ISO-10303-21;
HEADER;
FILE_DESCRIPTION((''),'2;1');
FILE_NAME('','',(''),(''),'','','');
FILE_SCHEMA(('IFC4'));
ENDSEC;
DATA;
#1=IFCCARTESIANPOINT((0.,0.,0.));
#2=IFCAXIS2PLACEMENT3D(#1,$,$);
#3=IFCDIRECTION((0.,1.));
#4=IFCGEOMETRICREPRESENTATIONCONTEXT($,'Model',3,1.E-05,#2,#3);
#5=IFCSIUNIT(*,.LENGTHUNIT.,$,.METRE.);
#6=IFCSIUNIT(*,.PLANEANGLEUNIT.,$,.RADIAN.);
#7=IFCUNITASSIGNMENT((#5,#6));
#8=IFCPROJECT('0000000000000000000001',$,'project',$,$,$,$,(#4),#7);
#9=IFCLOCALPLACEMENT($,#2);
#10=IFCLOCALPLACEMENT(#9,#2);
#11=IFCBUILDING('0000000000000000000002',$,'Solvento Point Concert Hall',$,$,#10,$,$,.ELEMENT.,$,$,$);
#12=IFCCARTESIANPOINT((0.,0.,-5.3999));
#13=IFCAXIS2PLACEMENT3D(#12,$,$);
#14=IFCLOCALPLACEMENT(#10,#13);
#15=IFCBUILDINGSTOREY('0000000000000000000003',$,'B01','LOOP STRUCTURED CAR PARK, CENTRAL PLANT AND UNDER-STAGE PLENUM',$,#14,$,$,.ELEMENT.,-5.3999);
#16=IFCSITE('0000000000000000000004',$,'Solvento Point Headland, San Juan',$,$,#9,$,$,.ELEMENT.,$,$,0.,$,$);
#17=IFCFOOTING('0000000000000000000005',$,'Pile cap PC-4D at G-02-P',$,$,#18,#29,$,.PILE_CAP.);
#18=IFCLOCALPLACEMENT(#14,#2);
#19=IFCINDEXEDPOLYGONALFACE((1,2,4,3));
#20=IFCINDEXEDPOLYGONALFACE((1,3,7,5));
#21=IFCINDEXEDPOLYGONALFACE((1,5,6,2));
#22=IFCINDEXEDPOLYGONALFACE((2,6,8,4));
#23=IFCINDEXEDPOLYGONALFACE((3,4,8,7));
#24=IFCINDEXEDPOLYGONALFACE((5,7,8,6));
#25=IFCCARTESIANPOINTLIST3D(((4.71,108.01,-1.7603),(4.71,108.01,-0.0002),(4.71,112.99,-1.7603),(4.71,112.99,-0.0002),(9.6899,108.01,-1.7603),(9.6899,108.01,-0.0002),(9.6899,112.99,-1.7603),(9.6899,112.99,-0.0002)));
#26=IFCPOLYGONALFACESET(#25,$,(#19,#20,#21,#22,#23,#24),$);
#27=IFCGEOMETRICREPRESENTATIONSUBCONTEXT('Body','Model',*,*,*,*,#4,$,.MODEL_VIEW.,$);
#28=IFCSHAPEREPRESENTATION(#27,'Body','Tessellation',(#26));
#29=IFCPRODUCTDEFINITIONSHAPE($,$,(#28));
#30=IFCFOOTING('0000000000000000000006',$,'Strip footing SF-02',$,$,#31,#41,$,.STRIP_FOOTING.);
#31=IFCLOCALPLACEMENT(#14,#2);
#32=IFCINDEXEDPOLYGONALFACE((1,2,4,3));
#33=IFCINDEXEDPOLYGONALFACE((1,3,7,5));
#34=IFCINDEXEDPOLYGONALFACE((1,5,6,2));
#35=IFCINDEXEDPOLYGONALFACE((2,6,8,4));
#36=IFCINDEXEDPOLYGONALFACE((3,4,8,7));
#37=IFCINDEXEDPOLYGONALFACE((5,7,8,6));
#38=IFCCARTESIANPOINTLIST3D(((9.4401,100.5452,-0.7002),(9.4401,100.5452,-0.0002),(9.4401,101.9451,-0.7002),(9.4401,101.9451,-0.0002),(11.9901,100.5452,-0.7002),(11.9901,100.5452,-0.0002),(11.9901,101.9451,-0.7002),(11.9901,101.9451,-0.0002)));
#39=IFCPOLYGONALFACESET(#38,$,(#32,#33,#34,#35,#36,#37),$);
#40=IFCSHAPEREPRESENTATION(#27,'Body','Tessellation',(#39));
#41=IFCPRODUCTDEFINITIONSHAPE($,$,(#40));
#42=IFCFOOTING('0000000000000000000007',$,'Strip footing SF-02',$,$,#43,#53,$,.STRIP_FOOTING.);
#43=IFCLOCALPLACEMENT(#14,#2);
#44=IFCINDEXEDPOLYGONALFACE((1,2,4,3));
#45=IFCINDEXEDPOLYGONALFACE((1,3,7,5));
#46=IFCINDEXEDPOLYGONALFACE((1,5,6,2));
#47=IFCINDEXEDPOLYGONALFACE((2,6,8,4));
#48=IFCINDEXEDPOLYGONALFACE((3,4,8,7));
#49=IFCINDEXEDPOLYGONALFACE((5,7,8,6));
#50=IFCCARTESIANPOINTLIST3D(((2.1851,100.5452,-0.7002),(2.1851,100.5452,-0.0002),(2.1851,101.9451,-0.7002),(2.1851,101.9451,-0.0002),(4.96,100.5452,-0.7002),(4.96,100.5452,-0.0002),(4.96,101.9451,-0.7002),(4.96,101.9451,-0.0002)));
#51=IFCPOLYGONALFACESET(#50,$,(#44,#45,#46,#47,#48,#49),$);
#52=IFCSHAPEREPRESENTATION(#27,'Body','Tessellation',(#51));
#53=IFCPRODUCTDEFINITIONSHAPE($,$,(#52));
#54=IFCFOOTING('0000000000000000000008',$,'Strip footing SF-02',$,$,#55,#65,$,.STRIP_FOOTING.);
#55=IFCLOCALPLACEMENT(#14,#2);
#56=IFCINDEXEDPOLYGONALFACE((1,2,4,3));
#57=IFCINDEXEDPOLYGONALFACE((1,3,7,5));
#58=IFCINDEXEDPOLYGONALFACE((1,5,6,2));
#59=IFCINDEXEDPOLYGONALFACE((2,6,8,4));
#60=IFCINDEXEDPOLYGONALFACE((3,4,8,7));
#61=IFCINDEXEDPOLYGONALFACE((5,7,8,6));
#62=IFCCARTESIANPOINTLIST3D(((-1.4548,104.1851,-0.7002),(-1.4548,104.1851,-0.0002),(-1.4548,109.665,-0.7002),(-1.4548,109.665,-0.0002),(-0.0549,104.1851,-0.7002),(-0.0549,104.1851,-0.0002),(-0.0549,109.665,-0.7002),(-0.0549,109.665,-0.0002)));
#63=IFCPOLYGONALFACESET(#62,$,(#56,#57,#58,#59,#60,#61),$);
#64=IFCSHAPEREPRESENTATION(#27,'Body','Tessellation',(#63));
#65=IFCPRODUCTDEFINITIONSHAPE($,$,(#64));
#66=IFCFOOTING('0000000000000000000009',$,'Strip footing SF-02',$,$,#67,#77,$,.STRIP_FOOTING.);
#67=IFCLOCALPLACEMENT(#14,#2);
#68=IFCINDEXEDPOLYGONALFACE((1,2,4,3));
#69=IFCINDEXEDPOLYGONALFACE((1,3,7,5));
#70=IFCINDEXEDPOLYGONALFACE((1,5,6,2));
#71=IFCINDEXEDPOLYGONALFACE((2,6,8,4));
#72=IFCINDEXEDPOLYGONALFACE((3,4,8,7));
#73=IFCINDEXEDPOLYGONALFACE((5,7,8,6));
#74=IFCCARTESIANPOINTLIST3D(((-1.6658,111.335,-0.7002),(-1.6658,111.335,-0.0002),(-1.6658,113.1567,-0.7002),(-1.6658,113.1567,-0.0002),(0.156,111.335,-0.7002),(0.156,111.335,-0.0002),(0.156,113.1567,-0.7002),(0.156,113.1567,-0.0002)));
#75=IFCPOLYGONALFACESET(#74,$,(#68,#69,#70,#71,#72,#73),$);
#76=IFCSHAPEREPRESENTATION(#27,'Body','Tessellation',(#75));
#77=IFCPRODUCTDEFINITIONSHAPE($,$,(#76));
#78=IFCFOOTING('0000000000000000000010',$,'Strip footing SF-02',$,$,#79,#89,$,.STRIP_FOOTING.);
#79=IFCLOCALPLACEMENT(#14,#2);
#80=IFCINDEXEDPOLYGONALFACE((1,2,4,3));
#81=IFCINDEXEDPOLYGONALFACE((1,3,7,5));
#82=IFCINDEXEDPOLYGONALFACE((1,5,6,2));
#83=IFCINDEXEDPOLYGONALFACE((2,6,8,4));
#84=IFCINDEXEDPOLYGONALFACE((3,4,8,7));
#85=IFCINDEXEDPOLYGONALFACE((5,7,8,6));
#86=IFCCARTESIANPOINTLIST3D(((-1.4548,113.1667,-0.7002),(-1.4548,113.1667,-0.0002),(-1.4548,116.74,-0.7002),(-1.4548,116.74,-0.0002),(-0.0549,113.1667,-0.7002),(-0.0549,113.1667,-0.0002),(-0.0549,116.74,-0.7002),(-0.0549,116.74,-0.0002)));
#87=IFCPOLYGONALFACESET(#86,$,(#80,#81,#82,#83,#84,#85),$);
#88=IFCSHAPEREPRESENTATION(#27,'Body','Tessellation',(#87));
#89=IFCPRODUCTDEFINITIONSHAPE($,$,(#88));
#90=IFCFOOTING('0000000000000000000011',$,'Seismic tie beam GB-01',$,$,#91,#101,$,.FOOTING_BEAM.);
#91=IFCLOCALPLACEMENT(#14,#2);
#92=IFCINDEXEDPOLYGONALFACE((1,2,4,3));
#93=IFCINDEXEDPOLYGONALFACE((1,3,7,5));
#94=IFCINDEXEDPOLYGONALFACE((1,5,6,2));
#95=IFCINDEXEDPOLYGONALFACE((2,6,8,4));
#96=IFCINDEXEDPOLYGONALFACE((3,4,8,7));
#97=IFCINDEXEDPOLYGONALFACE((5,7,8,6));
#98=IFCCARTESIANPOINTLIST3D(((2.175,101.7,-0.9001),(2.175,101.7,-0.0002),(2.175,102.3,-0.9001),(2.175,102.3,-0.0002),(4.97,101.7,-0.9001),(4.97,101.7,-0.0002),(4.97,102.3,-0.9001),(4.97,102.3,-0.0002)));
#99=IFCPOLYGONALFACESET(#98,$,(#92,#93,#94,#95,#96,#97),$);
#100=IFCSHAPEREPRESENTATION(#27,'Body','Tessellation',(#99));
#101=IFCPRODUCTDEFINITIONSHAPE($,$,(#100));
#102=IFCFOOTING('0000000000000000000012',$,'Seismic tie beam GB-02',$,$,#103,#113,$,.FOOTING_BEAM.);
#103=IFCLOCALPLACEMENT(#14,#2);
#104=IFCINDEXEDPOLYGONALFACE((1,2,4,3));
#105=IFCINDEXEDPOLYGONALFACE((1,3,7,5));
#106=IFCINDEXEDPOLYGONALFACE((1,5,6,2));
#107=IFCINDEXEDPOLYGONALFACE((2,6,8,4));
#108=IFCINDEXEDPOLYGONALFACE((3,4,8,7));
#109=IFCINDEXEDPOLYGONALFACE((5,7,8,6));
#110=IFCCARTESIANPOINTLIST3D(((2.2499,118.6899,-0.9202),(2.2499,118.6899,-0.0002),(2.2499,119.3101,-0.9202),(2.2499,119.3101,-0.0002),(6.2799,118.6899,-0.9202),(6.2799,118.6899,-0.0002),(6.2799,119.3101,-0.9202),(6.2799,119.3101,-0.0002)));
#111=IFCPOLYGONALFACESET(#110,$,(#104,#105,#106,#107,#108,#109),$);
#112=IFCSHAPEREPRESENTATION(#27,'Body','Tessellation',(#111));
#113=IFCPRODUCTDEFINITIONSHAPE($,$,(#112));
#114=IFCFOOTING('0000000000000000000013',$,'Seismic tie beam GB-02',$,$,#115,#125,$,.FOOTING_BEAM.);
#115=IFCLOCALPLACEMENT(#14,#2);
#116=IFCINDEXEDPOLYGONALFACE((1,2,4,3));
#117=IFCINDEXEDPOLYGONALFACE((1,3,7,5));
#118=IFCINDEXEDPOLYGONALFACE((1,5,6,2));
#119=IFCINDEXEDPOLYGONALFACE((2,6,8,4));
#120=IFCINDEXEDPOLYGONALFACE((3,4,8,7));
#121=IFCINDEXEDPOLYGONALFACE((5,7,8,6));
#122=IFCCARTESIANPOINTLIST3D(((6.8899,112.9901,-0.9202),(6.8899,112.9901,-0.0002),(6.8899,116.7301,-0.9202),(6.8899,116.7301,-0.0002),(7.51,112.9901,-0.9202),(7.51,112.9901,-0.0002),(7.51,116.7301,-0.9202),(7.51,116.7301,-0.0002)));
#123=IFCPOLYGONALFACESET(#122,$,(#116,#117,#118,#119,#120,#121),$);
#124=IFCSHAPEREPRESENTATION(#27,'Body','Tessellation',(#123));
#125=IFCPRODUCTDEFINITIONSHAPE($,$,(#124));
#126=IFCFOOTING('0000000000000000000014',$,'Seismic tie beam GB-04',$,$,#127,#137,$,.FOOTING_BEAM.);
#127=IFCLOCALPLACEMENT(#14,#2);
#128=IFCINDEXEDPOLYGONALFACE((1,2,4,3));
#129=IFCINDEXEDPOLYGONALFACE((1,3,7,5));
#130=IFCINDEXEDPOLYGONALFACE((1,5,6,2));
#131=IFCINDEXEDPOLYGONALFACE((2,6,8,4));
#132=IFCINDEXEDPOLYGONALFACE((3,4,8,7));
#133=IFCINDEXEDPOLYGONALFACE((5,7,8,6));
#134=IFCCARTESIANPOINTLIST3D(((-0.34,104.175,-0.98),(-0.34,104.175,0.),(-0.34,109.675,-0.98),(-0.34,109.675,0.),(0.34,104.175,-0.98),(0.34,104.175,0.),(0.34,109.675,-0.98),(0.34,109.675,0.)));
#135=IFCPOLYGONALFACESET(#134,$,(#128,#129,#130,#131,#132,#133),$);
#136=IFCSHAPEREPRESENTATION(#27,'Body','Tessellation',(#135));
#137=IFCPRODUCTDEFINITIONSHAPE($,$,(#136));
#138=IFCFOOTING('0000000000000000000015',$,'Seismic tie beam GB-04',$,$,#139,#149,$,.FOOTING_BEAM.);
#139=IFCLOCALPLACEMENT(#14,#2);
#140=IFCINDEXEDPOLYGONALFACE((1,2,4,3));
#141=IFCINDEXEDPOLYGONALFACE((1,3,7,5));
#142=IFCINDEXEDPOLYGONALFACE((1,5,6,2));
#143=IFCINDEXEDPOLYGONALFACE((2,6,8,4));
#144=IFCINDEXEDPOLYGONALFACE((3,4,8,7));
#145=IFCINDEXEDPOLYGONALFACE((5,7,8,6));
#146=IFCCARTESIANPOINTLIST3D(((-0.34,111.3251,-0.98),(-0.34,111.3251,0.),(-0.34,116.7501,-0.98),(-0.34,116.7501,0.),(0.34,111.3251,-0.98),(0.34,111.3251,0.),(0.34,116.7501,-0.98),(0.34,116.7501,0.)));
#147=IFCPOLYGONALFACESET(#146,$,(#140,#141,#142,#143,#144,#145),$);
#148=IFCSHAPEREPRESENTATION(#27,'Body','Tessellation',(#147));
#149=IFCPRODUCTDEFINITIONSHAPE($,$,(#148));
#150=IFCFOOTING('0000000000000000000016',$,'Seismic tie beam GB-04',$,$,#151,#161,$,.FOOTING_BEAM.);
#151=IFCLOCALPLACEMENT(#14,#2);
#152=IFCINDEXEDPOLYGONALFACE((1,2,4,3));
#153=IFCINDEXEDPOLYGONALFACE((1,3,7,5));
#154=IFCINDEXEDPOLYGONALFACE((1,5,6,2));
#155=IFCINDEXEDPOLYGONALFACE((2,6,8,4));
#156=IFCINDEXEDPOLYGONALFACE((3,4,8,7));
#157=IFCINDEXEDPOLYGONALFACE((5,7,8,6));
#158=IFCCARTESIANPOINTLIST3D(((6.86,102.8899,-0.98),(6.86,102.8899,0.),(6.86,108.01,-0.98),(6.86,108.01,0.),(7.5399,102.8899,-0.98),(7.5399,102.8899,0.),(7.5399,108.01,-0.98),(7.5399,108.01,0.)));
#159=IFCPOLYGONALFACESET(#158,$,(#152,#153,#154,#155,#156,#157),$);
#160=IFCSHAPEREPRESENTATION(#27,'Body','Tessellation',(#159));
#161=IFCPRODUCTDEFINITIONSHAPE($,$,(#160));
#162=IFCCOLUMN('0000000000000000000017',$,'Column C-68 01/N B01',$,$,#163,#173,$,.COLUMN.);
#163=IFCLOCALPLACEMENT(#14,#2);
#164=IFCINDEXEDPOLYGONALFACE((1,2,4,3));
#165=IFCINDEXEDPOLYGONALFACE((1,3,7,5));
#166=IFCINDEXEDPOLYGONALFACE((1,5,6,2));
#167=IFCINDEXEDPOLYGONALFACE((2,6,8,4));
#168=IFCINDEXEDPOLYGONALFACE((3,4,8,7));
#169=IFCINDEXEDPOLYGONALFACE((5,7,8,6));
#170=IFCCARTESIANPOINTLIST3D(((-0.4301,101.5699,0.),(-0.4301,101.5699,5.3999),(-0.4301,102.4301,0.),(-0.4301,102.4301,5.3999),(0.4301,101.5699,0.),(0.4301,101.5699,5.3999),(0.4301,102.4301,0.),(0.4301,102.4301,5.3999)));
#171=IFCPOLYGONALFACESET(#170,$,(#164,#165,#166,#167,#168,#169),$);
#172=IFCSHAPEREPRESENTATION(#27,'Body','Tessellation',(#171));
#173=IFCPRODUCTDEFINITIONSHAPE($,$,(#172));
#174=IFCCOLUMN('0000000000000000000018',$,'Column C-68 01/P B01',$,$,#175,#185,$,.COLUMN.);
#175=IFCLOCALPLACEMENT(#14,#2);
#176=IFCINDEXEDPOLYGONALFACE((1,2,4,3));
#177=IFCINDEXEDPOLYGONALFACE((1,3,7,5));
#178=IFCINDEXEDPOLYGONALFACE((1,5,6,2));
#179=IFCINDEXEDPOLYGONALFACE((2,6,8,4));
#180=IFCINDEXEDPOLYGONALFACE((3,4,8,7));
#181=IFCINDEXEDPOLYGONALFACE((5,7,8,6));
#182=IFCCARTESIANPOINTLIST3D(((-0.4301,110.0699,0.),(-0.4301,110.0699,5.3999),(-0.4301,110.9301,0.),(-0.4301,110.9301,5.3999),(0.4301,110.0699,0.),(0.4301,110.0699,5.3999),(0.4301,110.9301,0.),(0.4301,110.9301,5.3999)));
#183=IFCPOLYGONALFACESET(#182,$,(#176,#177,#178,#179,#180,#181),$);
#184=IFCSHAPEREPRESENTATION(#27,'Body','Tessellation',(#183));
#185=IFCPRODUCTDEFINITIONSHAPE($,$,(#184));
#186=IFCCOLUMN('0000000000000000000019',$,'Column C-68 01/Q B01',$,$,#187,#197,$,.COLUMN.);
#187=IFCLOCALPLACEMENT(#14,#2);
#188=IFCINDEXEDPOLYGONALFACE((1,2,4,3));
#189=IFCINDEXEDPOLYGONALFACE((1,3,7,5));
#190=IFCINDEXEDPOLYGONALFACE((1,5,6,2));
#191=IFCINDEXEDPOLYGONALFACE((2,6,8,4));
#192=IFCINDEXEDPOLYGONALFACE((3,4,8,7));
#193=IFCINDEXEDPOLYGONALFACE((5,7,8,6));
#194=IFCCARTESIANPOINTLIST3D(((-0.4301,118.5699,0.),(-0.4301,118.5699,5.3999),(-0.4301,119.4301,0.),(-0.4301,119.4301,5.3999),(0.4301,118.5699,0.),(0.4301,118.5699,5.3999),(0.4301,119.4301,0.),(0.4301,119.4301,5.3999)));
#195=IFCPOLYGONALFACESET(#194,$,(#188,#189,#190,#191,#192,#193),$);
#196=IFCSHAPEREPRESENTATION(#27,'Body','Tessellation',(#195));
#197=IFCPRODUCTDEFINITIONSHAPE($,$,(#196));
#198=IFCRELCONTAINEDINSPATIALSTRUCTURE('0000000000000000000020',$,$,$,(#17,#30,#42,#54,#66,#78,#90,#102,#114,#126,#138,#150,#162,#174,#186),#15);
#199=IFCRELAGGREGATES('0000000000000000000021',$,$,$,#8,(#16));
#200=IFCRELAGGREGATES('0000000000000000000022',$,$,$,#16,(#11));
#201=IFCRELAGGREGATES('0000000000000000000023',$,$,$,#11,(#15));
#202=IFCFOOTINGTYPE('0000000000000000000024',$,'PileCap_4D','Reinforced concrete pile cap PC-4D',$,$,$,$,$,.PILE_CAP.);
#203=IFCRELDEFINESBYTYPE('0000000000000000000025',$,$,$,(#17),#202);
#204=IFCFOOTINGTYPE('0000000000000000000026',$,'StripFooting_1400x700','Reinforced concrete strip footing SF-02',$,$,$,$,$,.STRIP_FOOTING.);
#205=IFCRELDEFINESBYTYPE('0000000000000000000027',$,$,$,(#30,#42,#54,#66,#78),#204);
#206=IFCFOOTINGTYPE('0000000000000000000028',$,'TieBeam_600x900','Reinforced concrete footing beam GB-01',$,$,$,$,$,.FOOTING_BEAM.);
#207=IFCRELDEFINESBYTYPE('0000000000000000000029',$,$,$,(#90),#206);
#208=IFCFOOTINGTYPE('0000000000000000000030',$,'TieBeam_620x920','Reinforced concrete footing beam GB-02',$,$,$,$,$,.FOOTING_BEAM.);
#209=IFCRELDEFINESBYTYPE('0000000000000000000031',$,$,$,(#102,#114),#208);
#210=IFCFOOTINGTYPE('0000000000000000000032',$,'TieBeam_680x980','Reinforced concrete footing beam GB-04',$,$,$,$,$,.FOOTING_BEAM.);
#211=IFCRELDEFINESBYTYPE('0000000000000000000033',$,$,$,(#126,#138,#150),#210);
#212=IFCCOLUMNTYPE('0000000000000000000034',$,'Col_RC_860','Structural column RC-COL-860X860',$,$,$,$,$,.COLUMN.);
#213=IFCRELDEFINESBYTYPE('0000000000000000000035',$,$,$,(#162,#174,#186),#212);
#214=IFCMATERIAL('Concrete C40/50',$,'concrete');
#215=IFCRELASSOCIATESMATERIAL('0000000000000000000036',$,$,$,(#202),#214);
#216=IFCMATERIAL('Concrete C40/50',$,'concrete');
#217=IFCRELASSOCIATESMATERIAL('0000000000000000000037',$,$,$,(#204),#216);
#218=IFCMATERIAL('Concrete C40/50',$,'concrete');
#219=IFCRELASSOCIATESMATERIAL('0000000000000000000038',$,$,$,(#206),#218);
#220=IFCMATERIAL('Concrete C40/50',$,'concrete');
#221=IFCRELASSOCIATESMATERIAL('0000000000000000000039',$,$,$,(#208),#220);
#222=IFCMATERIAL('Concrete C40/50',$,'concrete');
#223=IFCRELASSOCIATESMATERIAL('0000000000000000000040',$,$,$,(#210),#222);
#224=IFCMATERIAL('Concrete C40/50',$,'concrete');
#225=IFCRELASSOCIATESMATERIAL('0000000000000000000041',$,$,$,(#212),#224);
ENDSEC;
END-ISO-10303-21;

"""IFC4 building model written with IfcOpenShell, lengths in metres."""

from ifc_helpers import new_model, si_unit, direction, frame, origin, origin_2d, place, context, subcontext, project, spatial, rectangle, extrude, material, material_profile, profile_set, type_object, element, save


model = new_model("IFC4")

# Units and contexts
model_context = context("Model", 3, precision=1e-05, world=origin(), true_north=direction((0.0, 1.0)))
body_context = subcontext(model_context, "Body", "Model", "MODEL_VIEW")
ifc_project = project(units=[si_unit("LENGTHUNIT", "METRE"), si_unit("PLANEANGLEUNIT", "RADIAN")], contexts=[model_context])

# Site, building, storey
site_placement = place(None, origin())
site = spatial("IfcSite", under=ifc_project, at=site_placement, Name="Solvento Point Headland, San Juan", CompositionType="ELEMENT", RefElevation=0.0)
building_placement = place(site_placement, origin())
building = spatial("IfcBuilding", under=site, at=building_placement, Name="Solvento Point Concert Hall", CompositionType="ELEMENT")
storey_placement = place(building_placement, frame((0.0, 0.0, -5.3999)))
storey = spatial("IfcBuildingStorey", under=building, at=storey_placement, Name="B01", Description="LOOP STRUCTURED CAR PARK, CENTRAL PLANT AND UNDER-STAGE PLENUM", CompositionType="ELEMENT", Elevation=-5.3999)

# Footings
ifc_material_1 = material(Name="Concrete C40/50", Category="concrete")
footing_type_1 = type_object("IfcFootingType", Name="PileCap_4D", Description="Reinforced concrete pile cap PC-4D", PredefinedType="PILE_CAP", material=ifc_material_1)
footing_1_placement = place(storey_placement, frame((7.2, 110.5, -1.7603), z_axis=(0.0, 0.0, 1.0), x_axis=(1.0, 0.0, 0.0)))
element("IfcFooting", 1, at=footing_1_placement, inside=storey, type_object=footing_type_1, Name="Pile cap PC-4D at G-02-P", PredefinedType="PILE_CAP", context=body_context, shape_type="SweptSolid", body=[
    extrude(rectangle(XDim=4.98, YDim=4.98, at=origin_2d()), origin(), (0.0, 0.0, 1.0), 1.76),
])
ifc_material_2 = material(Name="Concrete C40/50", Category="concrete")
footing_type_2 = type_object("IfcFootingType", Name="StripFooting_1400x700", Description="Reinforced concrete strip footing SF-02", PredefinedType="STRIP_FOOTING", material=ifc_material_2)
footing_2_placement = place(storey_placement, frame((10.7151, 101.2451, -0.7002), z_axis=(0.0, 0.0, 1.0), x_axis=(-1.0, 0.0, 0.0)))
element("IfcFooting", 2, at=footing_2_placement, inside=storey, type_object=footing_type_2, Name="Strip footing SF-02", PredefinedType="STRIP_FOOTING", context=body_context, shape_type="SweptSolid", body=[
    extrude(rectangle(XDim=2.55, YDim=1.3999, at=origin_2d()), origin(), (0.0, 0.0, 1.0), 0.7),
])
footing_3_placement = place(storey_placement, frame((3.5725, 101.2451, -0.7002), z_axis=(0.0, 0.0, 1.0), x_axis=(-1.0, 0.0, 0.0)))
element("IfcFooting", 3, at=footing_3_placement, inside=storey, type_object=footing_type_2, Name="Strip footing SF-02", PredefinedType="STRIP_FOOTING", context=body_context, shape_type="SweptSolid", body=[
    extrude(rectangle(XDim=2.7749, YDim=1.3999, at=origin_2d()), origin(), (0.0, 0.0, 1.0), 0.7),
])
footing_4_placement = place(storey_placement, frame((-0.7549, 106.925, -0.7002), z_axis=(0.0, 0.0, 1.0), x_axis=(0.0, 1.0, 0.0)))
element("IfcFooting", 4, at=footing_4_placement, inside=storey, type_object=footing_type_2, Name="Strip footing SF-02", PredefinedType="STRIP_FOOTING", context=body_context, shape_type="SweptSolid", body=[
    extrude(rectangle(XDim=5.48, YDim=1.3999, at=origin_2d()), origin(), (0.0, 0.0, 1.0), 0.7),
])
footing_5_placement = place(storey_placement, frame((-0.7549, 112.2458, -0.7002), z_axis=(0.0, 0.0, 1.0), x_axis=(0.0, 1.0, 0.0)))
element("IfcFooting", 5, at=footing_5_placement, inside=storey, type_object=footing_type_2, Name="Strip footing SF-02", PredefinedType="STRIP_FOOTING", context=body_context, shape_type="SweptSolid", body=[
    extrude(rectangle(XDim=1.8218, YDim=1.8218, at=origin_2d()), origin(), (0.0, 0.0, 1.0), 0.7),
])
footing_6_placement = place(storey_placement, frame((-0.7549, 114.9534, -0.7002), z_axis=(0.0, 0.0, 1.0), x_axis=(0.0, 1.0, 0.0)))
element("IfcFooting", 6, at=footing_6_placement, inside=storey, type_object=footing_type_2, Name="Strip footing SF-02", PredefinedType="STRIP_FOOTING", context=body_context, shape_type="SweptSolid", body=[
    extrude(rectangle(XDim=3.5732, YDim=1.3999, at=origin_2d()), origin(), (0.0, 0.0, 1.0), 0.7),
])
ifc_material_3 = material(Name="Concrete C40/50", Category="concrete")
footing_type_3 = type_object("IfcFootingType", Name="TieBeam_600x900", Description="Reinforced concrete footing beam GB-01", PredefinedType="FOOTING_BEAM", material=ifc_material_3)
footing_7_placement = place(storey_placement, frame((3.5725, 102.0, -0.9001), z_axis=(0.0, 0.0, 1.0), x_axis=(1.0, 0.0, 0.0)))
element("IfcFooting", 7, at=footing_7_placement, inside=storey, type_object=footing_type_3, Name="Seismic tie beam GB-01", PredefinedType="FOOTING_BEAM", context=body_context, shape_type="SweptSolid", body=[
    extrude(rectangle(XDim=2.7949, YDim=0.6001, at=origin_2d()), origin(), (0.0, 0.0, 1.0), 0.8999),
])
ifc_material_4 = material(Name="Concrete C40/50", Category="concrete")
footing_type_4 = type_object("IfcFootingType", Name="TieBeam_620x920", Description="Reinforced concrete footing beam GB-02", PredefinedType="FOOTING_BEAM", material=ifc_material_4)
footing_8_placement = place(storey_placement, frame((4.2649, 119.0, -0.9202), z_axis=(0.0, 0.0, 1.0), x_axis=(1.0, 0.0, 0.0)))
element("IfcFooting", 8, at=footing_8_placement, inside=storey, type_object=footing_type_4, Name="Seismic tie beam GB-02", PredefinedType="FOOTING_BEAM", context=body_context, shape_type="SweptSolid", body=[
    extrude(rectangle(XDim=4.03, YDim=0.6201, at=origin_2d()), origin(), (0.0, 0.0, 1.0), 0.9199),
])
footing_9_placement = place(storey_placement, frame((7.2, 114.8601, -0.9202), z_axis=(0.0, 0.0, 1.0), x_axis=(0.0, 1.0, 0.0)))
element("IfcFooting", 9, at=footing_9_placement, inside=storey, type_object=footing_type_4, Name="Seismic tie beam GB-02", PredefinedType="FOOTING_BEAM", context=body_context, shape_type="SweptSolid", body=[
    extrude(rectangle(XDim=3.74, YDim=0.6201, at=origin_2d()), origin(), (0.0, 0.0, 1.0), 0.9199),
])
ifc_material_5 = material(Name="Concrete C40/50", Category="concrete")
footing_type_5 = type_object("IfcFootingType", Name="TieBeam_680x980", Description="Reinforced concrete footing beam GB-04", PredefinedType="FOOTING_BEAM", material=ifc_material_5)
footing_10_placement = place(storey_placement, frame((0.0, 106.925, -0.98), z_axis=(0.0, 0.0, 1.0), x_axis=(0.0, 1.0, 0.0)))
element("IfcFooting", 10, at=footing_10_placement, inside=storey, type_object=footing_type_5, Name="Seismic tie beam GB-04", PredefinedType="FOOTING_BEAM", context=body_context, shape_type="SweptSolid", body=[
    extrude(rectangle(XDim=5.5, YDim=0.6799, at=origin_2d()), origin(), (0.0, 0.0, 1.0), 0.98),
])
footing_11_placement = place(storey_placement, frame((0.0, 114.0376, -0.98), z_axis=(0.0, 0.0, 1.0), x_axis=(0.0, 1.0, 0.0)))
element("IfcFooting", 11, at=footing_11_placement, inside=storey, type_object=footing_type_5, Name="Seismic tie beam GB-04", PredefinedType="FOOTING_BEAM", context=body_context, shape_type="SweptSolid", body=[
    extrude(rectangle(XDim=5.425, YDim=0.6799, at=origin_2d()), origin(), (0.0, 0.0, 1.0), 0.98),
])
footing_12_placement = place(storey_placement, frame((7.2, 105.45, -0.98), z_axis=(0.0, 0.0, 1.0), x_axis=(0.0, 1.0, 0.0)))
element("IfcFooting", 12, at=footing_12_placement, inside=storey, type_object=footing_type_5, Name="Seismic tie beam GB-04", PredefinedType="FOOTING_BEAM", context=body_context, shape_type="SweptSolid", body=[
    extrude(rectangle(XDim=5.1201, YDim=0.6799, at=origin_2d()), origin(), (0.0, 0.0, 1.0), 0.98),
])

# Columns
ifc_material_6 = material(Name="Concrete C40/50", Category="concrete")
ifc_material_profile_1 = material_profile(ifc_material_6, rectangle(XDim=0.8601, YDim=0.8601, at=origin_2d()), Name="RC-COL-860X860")
ifc_profile_set_1 = profile_set([ifc_material_profile_1], Name="Concrete C40/50")
column_type = type_object("IfcColumnType", Name="Col_RC_860", Description="Structural column RC-COL-860X860", PredefinedType="COLUMN", material=ifc_profile_set_1)
for number, where, z_axis, x_axis, name in (
    (13, (0.0, 102.0, 0.0), (0.0, 0.0, 1.0), (1.0, 0.0, 0.0), "Column C-68 01/N B01"),
    (14, (0.0, 110.5, 0.0), (0.0, 0.0, 1.0), (1.0, 0.0, 0.0), "Column C-68 01/P B01"),
    (15, (0.0, 119.0, 0.0), (0.0, 0.0, 1.0), (1.0, 0.0, 0.0), "Column C-68 01/Q B01"),
):
    element("IfcColumn", number, at=place(storey_placement, frame(where, z_axis=z_axis, x_axis=x_axis)), inside=storey, type_object=column_type, Name=name, PredefinedType="COLUMN", context=body_context, shape_type="SweptSolid", body=[
        extrude(rectangle(XDim=0.8601, YDim=0.8601, at=origin_2d()), origin(), (0.0, 0.0, 1.0), 5.3999),
    ])

save(model, "model.ifc")
